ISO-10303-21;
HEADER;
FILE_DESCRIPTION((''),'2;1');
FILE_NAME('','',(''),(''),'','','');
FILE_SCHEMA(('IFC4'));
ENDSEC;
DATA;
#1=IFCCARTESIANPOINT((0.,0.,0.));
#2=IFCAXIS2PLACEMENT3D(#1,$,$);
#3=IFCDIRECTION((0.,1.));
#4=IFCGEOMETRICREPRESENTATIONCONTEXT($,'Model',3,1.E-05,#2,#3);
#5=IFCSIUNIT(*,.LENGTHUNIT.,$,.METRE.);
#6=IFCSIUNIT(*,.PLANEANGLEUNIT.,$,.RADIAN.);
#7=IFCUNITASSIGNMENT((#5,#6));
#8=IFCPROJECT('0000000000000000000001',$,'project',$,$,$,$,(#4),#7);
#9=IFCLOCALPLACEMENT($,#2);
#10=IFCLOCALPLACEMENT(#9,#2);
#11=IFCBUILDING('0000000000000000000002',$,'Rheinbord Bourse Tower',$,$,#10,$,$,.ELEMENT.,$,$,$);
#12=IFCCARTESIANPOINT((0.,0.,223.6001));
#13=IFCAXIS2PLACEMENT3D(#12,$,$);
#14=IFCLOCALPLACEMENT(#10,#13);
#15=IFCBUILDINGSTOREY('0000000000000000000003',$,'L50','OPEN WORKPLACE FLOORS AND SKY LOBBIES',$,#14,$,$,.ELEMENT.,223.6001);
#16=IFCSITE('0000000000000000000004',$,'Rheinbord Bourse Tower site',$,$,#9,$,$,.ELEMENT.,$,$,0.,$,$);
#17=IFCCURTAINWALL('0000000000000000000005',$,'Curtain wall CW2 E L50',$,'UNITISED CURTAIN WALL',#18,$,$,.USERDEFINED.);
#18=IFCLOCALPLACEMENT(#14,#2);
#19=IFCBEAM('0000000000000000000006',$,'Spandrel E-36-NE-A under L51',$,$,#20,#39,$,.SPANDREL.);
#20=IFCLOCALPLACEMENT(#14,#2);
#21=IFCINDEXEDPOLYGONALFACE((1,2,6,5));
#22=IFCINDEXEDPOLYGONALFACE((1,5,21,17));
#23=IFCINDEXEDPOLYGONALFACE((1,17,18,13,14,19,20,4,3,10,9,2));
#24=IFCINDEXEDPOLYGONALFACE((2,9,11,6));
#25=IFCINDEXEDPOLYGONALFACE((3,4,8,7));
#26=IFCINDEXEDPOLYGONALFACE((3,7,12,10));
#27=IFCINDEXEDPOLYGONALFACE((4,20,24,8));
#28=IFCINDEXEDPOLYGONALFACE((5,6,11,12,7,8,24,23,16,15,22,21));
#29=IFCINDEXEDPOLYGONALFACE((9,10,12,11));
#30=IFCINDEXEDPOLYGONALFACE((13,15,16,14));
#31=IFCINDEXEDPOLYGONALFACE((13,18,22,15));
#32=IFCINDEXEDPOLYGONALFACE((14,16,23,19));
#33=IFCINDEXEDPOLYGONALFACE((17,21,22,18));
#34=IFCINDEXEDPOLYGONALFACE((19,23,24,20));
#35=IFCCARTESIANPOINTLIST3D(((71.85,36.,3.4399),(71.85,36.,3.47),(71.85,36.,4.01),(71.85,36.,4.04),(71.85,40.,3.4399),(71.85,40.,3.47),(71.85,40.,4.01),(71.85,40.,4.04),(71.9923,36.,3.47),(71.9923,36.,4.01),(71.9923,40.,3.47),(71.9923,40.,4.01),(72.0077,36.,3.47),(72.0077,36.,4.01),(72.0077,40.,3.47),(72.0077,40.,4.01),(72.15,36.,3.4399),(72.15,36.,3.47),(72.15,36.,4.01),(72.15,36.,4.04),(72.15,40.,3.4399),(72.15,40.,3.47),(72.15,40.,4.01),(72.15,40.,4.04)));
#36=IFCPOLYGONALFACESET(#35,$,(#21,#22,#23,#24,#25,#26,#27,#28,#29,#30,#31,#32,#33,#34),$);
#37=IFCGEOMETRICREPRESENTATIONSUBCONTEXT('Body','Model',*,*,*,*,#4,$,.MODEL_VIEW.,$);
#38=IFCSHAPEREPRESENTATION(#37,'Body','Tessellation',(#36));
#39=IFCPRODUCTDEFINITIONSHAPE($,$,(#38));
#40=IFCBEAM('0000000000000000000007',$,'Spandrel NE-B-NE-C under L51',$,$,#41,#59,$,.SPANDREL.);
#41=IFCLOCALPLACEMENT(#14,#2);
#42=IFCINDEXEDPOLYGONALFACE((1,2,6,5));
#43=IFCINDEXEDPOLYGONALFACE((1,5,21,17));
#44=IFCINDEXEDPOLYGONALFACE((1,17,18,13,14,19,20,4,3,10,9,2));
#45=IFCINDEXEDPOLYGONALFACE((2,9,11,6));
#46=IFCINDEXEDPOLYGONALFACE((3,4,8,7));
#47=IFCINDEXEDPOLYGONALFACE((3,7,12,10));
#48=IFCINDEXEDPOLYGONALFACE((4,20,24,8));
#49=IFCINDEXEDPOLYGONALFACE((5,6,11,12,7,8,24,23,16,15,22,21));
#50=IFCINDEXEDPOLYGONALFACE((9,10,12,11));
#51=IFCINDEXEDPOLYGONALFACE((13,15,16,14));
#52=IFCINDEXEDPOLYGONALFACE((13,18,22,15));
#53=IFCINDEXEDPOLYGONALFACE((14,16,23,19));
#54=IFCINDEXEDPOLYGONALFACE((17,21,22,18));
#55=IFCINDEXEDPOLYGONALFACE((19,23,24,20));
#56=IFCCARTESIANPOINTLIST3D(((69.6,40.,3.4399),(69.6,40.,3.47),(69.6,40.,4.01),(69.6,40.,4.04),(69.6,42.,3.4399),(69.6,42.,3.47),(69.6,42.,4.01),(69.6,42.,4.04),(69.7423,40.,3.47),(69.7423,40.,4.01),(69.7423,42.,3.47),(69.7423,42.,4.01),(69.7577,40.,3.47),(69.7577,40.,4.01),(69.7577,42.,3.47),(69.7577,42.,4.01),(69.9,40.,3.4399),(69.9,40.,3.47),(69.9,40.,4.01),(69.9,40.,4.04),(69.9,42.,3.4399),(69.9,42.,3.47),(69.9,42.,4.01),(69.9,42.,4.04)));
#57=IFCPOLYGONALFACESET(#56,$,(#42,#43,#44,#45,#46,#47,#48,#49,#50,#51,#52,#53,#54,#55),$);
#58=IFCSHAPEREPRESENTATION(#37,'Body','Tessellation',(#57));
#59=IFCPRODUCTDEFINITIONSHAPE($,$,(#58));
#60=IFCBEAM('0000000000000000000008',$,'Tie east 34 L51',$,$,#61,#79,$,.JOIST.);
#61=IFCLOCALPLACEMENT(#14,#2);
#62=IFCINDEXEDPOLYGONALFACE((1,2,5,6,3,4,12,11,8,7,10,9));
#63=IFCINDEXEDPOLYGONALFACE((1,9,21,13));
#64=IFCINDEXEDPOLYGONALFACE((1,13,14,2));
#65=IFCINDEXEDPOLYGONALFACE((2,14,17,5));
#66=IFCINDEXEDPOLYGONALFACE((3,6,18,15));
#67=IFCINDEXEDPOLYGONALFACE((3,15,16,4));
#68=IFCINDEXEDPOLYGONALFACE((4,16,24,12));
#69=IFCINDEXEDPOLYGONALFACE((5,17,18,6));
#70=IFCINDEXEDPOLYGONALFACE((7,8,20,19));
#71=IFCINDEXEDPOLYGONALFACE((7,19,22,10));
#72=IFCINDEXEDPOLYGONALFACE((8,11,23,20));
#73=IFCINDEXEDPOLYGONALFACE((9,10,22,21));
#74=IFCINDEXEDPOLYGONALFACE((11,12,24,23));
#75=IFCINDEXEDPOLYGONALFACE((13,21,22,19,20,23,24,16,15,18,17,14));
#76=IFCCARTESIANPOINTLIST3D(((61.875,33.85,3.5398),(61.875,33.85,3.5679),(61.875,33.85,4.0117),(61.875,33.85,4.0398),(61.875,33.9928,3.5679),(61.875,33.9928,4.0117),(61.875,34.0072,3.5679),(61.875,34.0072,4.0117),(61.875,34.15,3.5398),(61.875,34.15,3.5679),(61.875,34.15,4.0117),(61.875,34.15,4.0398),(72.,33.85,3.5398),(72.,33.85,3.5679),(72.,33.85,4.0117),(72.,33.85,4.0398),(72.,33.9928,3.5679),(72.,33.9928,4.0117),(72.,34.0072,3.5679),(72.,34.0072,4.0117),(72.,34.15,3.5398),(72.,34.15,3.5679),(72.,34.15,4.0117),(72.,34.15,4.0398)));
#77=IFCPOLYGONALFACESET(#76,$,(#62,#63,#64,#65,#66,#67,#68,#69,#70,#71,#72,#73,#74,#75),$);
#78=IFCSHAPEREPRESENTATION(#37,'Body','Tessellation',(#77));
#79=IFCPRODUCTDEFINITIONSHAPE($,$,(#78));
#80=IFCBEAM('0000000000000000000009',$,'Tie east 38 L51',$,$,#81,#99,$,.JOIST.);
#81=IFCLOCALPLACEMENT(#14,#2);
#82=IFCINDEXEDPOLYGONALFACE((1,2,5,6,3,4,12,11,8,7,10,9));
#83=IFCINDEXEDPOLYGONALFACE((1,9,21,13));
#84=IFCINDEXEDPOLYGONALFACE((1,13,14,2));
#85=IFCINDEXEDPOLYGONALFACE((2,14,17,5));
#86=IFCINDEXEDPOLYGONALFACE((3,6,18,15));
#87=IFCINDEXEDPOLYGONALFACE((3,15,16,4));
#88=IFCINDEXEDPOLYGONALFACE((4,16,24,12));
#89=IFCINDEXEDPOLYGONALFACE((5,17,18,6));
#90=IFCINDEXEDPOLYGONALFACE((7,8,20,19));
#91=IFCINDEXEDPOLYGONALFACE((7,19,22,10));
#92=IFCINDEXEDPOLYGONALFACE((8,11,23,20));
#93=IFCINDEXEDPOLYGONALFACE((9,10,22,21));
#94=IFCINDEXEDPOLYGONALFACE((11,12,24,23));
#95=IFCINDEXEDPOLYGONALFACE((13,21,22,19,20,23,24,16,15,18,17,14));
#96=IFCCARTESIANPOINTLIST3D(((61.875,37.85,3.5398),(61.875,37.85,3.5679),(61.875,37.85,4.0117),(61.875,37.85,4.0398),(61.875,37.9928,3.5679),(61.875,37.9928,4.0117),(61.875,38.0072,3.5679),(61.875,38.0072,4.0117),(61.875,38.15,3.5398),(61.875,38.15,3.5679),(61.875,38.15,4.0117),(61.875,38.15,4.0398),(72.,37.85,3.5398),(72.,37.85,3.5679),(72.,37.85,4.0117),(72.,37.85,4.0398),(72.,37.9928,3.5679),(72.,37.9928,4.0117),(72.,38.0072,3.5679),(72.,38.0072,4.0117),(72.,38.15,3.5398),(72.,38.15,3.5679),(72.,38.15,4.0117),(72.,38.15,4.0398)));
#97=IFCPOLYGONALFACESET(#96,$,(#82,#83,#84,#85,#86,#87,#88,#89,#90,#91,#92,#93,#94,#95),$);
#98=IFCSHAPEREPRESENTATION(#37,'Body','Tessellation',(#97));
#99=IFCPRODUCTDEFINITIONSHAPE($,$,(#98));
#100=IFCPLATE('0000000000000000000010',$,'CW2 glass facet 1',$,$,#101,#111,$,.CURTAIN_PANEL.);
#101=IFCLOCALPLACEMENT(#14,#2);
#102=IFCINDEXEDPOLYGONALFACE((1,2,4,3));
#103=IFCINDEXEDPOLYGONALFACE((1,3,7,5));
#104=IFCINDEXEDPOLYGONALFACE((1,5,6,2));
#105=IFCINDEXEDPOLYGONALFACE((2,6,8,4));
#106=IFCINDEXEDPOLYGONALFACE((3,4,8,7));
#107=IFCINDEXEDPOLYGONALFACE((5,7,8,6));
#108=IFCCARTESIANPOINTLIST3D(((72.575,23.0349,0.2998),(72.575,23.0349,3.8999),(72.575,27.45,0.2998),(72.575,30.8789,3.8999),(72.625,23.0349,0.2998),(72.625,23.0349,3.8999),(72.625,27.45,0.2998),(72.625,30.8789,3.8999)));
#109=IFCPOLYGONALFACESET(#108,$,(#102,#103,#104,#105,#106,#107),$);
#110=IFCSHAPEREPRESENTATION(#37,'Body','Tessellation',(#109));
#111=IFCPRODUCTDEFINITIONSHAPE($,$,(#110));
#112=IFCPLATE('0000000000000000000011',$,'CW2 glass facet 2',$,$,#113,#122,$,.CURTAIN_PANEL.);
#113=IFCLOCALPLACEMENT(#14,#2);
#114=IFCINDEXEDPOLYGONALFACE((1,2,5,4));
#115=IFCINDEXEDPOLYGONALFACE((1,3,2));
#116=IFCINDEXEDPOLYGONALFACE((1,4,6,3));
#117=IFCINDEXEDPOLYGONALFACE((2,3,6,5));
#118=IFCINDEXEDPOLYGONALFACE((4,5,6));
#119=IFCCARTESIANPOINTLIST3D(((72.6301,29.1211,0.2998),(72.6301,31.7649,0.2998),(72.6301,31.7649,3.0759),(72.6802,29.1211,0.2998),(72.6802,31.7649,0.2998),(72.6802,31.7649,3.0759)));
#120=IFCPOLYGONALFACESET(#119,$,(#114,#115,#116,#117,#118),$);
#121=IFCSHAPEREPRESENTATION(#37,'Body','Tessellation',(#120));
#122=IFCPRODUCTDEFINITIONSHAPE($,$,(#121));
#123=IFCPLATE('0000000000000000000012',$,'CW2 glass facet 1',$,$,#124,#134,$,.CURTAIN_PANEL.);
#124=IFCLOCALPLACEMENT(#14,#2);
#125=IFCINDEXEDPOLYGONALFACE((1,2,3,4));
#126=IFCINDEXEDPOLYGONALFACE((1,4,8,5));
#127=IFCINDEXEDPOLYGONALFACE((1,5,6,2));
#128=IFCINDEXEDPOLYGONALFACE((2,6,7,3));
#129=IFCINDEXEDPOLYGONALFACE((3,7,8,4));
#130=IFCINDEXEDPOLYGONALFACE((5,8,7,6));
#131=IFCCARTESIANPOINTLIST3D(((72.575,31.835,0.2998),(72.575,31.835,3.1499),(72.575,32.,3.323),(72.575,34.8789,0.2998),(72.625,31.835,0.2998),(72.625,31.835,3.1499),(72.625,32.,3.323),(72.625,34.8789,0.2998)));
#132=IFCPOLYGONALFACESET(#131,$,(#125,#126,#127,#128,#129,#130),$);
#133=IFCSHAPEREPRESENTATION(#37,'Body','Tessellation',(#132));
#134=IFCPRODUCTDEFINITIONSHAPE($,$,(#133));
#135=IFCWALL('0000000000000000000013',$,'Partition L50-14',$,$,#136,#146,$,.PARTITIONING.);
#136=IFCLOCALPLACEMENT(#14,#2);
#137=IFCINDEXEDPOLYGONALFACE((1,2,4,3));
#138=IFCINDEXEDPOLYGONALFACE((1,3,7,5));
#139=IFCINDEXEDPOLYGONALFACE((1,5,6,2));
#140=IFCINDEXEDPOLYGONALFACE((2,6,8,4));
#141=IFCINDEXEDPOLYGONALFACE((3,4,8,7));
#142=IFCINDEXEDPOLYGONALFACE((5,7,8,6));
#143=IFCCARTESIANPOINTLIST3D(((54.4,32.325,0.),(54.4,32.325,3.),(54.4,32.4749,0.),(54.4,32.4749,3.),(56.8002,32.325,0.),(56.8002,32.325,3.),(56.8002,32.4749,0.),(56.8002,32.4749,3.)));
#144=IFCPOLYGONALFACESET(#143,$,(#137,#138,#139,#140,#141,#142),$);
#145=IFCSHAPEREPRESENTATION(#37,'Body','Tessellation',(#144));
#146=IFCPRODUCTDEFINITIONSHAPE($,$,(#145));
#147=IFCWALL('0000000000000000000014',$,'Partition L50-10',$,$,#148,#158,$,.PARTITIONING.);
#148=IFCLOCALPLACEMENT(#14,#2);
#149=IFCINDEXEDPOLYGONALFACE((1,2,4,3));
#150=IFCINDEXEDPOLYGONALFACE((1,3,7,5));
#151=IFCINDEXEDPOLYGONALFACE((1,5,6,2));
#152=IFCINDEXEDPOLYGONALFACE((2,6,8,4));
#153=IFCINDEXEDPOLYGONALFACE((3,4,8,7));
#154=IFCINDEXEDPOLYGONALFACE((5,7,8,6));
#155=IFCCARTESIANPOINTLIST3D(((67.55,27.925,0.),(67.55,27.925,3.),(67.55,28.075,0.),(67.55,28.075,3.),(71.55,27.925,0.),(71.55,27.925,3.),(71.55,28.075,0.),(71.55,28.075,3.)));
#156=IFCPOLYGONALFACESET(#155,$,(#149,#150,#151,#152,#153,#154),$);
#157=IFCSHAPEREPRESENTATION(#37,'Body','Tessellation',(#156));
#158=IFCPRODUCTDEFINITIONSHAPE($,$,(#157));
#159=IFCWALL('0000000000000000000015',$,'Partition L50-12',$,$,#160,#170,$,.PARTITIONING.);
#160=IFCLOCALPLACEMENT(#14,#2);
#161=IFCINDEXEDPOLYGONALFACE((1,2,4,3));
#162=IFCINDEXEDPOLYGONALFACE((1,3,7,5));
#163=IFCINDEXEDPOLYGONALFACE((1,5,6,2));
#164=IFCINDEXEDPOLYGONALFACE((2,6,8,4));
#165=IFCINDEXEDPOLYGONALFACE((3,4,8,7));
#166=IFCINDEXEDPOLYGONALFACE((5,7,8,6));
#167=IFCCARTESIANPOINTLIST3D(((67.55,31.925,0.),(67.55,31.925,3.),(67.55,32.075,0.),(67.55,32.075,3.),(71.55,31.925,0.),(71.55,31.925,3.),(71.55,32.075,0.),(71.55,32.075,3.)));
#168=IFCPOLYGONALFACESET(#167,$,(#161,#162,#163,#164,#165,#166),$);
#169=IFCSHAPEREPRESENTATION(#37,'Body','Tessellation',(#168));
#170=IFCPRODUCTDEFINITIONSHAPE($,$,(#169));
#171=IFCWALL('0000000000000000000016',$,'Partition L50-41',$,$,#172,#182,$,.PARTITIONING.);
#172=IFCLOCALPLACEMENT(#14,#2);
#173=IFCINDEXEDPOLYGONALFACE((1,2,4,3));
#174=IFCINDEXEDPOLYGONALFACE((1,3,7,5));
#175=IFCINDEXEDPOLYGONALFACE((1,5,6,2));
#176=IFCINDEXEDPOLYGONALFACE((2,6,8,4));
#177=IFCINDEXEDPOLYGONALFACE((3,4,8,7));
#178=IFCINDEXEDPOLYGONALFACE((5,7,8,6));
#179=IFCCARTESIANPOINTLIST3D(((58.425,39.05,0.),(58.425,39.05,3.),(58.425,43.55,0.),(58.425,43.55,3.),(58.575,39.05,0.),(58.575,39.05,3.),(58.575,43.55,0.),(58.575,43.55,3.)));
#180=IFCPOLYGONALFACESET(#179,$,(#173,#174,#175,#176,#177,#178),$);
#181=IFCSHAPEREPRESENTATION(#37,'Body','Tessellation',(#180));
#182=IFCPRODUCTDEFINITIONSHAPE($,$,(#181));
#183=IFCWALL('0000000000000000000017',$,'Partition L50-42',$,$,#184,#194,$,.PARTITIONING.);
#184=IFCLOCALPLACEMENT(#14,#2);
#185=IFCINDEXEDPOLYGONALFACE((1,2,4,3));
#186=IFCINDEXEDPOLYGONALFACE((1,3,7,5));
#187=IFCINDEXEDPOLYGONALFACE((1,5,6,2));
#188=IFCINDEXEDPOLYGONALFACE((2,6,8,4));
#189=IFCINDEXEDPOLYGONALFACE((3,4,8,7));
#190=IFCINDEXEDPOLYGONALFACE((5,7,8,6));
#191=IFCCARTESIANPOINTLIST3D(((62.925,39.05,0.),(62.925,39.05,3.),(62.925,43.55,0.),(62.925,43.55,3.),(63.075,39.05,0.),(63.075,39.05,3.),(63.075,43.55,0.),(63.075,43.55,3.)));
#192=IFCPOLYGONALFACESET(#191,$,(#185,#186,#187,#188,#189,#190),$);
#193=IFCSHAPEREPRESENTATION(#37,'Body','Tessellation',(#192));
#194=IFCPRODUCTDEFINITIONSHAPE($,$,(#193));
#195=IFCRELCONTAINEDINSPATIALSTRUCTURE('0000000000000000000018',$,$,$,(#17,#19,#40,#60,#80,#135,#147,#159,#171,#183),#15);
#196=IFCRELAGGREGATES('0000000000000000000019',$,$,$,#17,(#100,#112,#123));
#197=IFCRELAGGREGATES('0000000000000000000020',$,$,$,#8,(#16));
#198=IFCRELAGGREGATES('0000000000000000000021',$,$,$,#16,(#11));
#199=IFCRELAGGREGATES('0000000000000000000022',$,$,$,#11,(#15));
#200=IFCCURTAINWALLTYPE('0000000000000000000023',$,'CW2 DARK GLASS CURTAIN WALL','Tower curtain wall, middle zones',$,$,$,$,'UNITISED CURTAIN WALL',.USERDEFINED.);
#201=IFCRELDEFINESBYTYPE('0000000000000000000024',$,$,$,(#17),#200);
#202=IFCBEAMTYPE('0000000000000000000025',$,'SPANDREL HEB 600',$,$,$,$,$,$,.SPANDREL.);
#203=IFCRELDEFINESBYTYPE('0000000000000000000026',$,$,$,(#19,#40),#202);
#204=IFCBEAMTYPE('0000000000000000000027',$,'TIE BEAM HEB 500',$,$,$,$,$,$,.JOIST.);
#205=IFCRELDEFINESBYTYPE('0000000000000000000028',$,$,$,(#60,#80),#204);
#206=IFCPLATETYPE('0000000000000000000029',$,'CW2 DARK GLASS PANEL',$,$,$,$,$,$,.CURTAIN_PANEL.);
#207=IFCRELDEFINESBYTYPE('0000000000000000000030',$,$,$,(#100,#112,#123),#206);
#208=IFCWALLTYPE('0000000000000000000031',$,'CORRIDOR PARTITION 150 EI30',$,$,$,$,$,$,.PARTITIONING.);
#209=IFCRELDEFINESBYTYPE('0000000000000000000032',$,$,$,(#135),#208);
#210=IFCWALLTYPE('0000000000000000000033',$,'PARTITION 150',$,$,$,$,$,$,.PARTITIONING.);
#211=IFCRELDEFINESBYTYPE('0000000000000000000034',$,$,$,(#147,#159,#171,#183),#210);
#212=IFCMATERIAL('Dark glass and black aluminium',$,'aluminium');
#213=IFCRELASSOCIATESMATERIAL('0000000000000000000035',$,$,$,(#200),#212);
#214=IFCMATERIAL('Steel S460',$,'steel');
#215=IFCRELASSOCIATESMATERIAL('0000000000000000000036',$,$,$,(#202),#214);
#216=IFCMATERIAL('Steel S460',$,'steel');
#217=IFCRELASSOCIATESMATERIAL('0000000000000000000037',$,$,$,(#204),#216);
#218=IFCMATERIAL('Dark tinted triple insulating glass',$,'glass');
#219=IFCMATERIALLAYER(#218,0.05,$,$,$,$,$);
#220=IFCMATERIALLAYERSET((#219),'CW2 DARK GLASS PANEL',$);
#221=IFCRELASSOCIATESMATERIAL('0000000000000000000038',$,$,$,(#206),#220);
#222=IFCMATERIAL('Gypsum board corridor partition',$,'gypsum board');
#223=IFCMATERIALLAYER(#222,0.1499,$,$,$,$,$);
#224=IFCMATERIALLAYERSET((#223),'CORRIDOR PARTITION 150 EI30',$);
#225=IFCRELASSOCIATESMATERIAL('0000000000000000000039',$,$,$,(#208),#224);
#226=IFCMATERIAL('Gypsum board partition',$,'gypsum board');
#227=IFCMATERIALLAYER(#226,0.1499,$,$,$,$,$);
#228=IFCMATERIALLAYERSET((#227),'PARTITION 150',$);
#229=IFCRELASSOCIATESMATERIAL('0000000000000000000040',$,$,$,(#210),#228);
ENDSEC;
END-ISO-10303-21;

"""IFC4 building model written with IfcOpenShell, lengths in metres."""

from ifc_helpers import new_model, si_unit, direction, frame, frame_2d, origin, origin_2d, place, context, subcontext, project, spatial, polyline, rectangle, i_section, outline, extrude, material, layer, layer_set, material_profile, profile_set, type_object, element, aggregate, save


model = new_model("IFC4")

# Units and contexts
model_context = context("Model", 3, precision=1e-05, world=origin(), true_north=direction((0.0, 1.0)))
body_context = subcontext(model_context, "Body", "Model", "MODEL_VIEW")
ifc_project = project(units=[si_unit("LENGTHUNIT", "METRE"), si_unit("PLANEANGLEUNIT", "RADIAN")], contexts=[model_context])

# Site, building, storey
site_placement = place(None, origin())
site = spatial("IfcSite", under=ifc_project, at=site_placement, Name="Rheinbord Bourse Tower site", CompositionType="ELEMENT", RefElevation=0.0)
building_placement = place(site_placement, origin())
building = spatial("IfcBuilding", under=site, at=building_placement, Name="Rheinbord Bourse Tower", CompositionType="ELEMENT")
storey_placement = place(building_placement, frame((0.0, 0.0, 223.6001)))
storey = spatial("IfcBuildingStorey", under=building, at=storey_placement, Name="L50", Description="OPEN WORKPLACE FLOORS AND SKY LOBBIES", CompositionType="ELEMENT", Elevation=223.6001)

# Curtain wall
ifc_material_1 = material(Name="Dark glass and black aluminium", Category="aluminium")
curtain_wall_type = type_object("IfcCurtainWallType", Name="CW2 DARK GLASS CURTAIN WALL", Description="Tower curtain wall, middle zones", ElementType="UNITISED CURTAIN WALL", PredefinedType="USERDEFINED", material=ifc_material_1)
curtain_wall_placement = place(storey_placement, origin())
curtain_wall = element("IfcCurtainWall", 1, at=curtain_wall_placement, inside=storey, type_object=curtain_wall_type, Name="Curtain wall CW2 E L50", ObjectType="UNITISED CURTAIN WALL", PredefinedType="USERDEFINED")

# Beams
ifc_material_2 = material(Name="Steel S460", Category="steel")
ifc_material_profile_1 = material_profile(ifc_material_2, i_section(OverallWidth=0.3, OverallDepth=0.6001, WebThickness=0.0154, FlangeThickness=0.03, at=origin_2d()), Name="HEB 600")
ifc_profile_set_1 = profile_set([ifc_material_profile_1], Name="Steel S460")
beam_type_1 = type_object("IfcBeamType", Name="SPANDREL HEB 600", PredefinedType="SPANDREL", material=ifc_profile_set_1)
for number, where, z_axis, x_axis, name in (
    (2, (72.0, 36.0, 3.74), (0.0, 1.0, 0.0), (-1.0, 0.0, 0.0), "Spandrel E-36-NE-A under L51"),
):
    element("IfcBeam", number, at=place(storey_placement, frame(where, z_axis=z_axis, x_axis=x_axis)), inside=storey, type_object=beam_type_1, Name=name, PredefinedType="SPANDREL", context=body_context, shape_type="SweptSolid", body=[
        extrude(i_section(OverallWidth=0.3, OverallDepth=0.6001, WebThickness=0.0154, FlangeThickness=0.03, at=origin_2d()), origin(), (0.0, 0.0, 1.0), 4.0),
    ])
beam_placement = place(storey_placement, frame((69.75, 40.0, 3.74), z_axis=(0.0, 1.0, 0.0), x_axis=(-1.0, 0.0, 0.0)))
element("IfcBeam", 3, at=beam_placement, inside=storey, type_object=beam_type_1, Name="Spandrel NE-B-NE-C under L51", PredefinedType="SPANDREL", context=body_context, shape_type="SweptSolid", body=[
    extrude(i_section(OverallWidth=0.3, OverallDepth=0.6001, WebThickness=0.0154, FlangeThickness=0.03, at=origin_2d()), origin(), (0.0, 0.0, 1.0), 2.0),
])
ifc_material_3 = material(Name="Steel S460", Category="steel")
ifc_material_profile_2 = material_profile(ifc_material_3, i_section(OverallWidth=0.3, OverallDepth=0.5, WebThickness=0.0144, FlangeThickness=0.0281, at=origin_2d()), Name="HEB 500")
ifc_profile_set_2 = profile_set([ifc_material_profile_2], Name="Steel S460")
beam_type_2 = type_object("IfcBeamType", Name="TIE BEAM HEB 500", PredefinedType="JOIST", material=ifc_profile_set_2)
for number, where, z_axis, x_axis, name in (
    (4, (61.875, 34.0, 3.7898), (1.0, 0.0, 0.0), (0.0, 1.0, 0.0), "Tie east 34 L51"),
    (5, (61.875, 38.0, 3.7898), (1.0, 0.0, 0.0), (0.0, 1.0, 0.0), "Tie east 38 L51"),
):
    element("IfcBeam", number, at=place(storey_placement, frame(where, z_axis=z_axis, x_axis=x_axis)), inside=storey, type_object=beam_type_2, Name=name, PredefinedType="JOIST", context=body_context, shape_type="SweptSolid", body=[
        extrude(i_section(OverallWidth=0.3, OverallDepth=0.5, WebThickness=0.0144, FlangeThickness=0.0281, at=origin_2d()), origin(), (0.0, 0.0, 1.0), 10.125),
    ])

# Plates
ifc_material_4 = material(Name="Dark tinted triple insulating glass", Category="glass")
ifc_layer_1 = layer(ifc_material_4, 0.05)
ifc_layer_set_1 = layer_set([ifc_layer_1], Name="CW2 DARK GLASS PANEL")
plate_type = type_object("IfcPlateType", Name="CW2 DARK GLASS PANEL", PredefinedType="CURTAIN_PANEL", material=ifc_layer_set_1)
plate_1_placement = place(storey_placement, frame((72.625, 23.0349, 0.2998), z_axis=(-1.0, 0.0, 0.0), x_axis=(0.0, 0.0, 1.0)))
plate_1 = element("IfcPlate", 6, at=plate_1_placement, type_object=plate_type, Name="CW2 glass facet 1", PredefinedType="CURTAIN_PANEL", context=body_context, shape_type="SweptSolid", body=[
    extrude(outline(polyline([(0.0, 0.0), (3.6001, 0.0), (3.6001, 7.844), (0.0, 4.415), (0.0, 0.0)])), origin(), (0.0, 0.0, 1.0), 0.05),
])
plate_2_placement = place(storey_placement, frame((72.6802, 31.7649, 0.2998), z_axis=(-1.0, 0.0, 0.0), x_axis=(0.0, -1.0, 0.0)))
plate_2 = element("IfcPlate", 7, at=plate_2_placement, type_object=plate_type, Name="CW2 glass facet 2", PredefinedType="CURTAIN_PANEL", context=body_context, shape_type="SweptSolid", body=[
    extrude(outline(polyline([(0.0, 0.0), (2.6438, 0.0), (0.0, 2.7761), (0.0, 0.0)])), origin(), (0.0, 0.0, 1.0), 0.05),
])
plate_3_placement = place(storey_placement, frame((72.625, 31.835, 0.2998), z_axis=(-1.0, 0.0, 0.0), x_axis=(0.0, 0.0, 1.0)))
plate_3 = element("IfcPlate", 8, at=plate_3_placement, type_object=plate_type, Name="CW2 glass facet 1", PredefinedType="CURTAIN_PANEL", context=body_context, shape_type="SweptSolid", body=[
    extrude(outline(polyline([(0.0, 0.0), (2.8501, 0.0), (3.0232, 0.165), (0.0, 3.0439), (0.0, 0.0)])), origin(), (0.0, 0.0, 1.0), 0.05),
])
aggregate(curtain_wall, [plate_1, plate_2, plate_3])

# Walls
ifc_material_5 = material(Name="Gypsum board corridor partition", Category="gypsum board")
ifc_layer_2 = layer(ifc_material_5, 0.1499)
ifc_layer_set_2 = layer_set([ifc_layer_2], Name="CORRIDOR PARTITION 150 EI30")
wall_type_1 = type_object("IfcWallType", Name="CORRIDOR PARTITION 150 EI30", PredefinedType="PARTITIONING", material=ifc_layer_set_2)
wall_1_placement = place(storey_placement, frame((54.3999, 32.3999, 0.0), z_axis=(0.0, 0.0, 1.0), x_axis=(1.0, 0.0, 0.0)))
element("IfcWall", 9, at=wall_1_placement, inside=storey, type_object=wall_type_1, Name="Partition L50-14", PredefinedType="PARTITIONING", context=body_context, shape_type="SweptSolid", body=[
    extrude(rectangle(XDim=2.4001, YDim=0.1499, at=frame_2d((1.2002, 0.0))), origin(), (0.0, 0.0, 1.0), 3.0),
])
ifc_material_6 = material(Name="Gypsum board partition", Category="gypsum board")
ifc_layer_3 = layer(ifc_material_6, 0.1499)
ifc_layer_set_3 = layer_set([ifc_layer_3], Name="PARTITION 150")
wall_type_2 = type_object("IfcWallType", Name="PARTITION 150", PredefinedType="PARTITIONING", material=ifc_layer_set_3)
for number, where, z_axis, x_axis, name in (
    (10, (67.55, 28.0, 0.0), (0.0, 0.0, 1.0), (1.0, 0.0, 0.0), "Partition L50-10"),
    (11, (67.55, 32.0, 0.0), (0.0, 0.0, 1.0), (1.0, 0.0, 0.0), "Partition L50-12"),
):
    element("IfcWall", number, at=place(storey_placement, frame(where, z_axis=z_axis, x_axis=x_axis)), inside=storey, type_object=wall_type_2, Name=name, PredefinedType="PARTITIONING", context=body_context, shape_type="SweptSolid", body=[
        extrude(rectangle(XDim=4.0, YDim=0.1499, at=frame_2d((2.0, 0.0))), origin(), (0.0, 0.0, 1.0), 3.0),
    ])
for number, where, z_axis, x_axis, name in (
    (12, (58.5, 39.05, 0.0), (0.0, 0.0, 1.0), (0.0, 1.0, 0.0), "Partition L50-41"),
    (13, (63.0, 39.05, 0.0), (0.0, 0.0, 1.0), (0.0, 1.0, 0.0), "Partition L50-42"),
):
    element("IfcWall", number, at=place(storey_placement, frame(where, z_axis=z_axis, x_axis=x_axis)), inside=storey, type_object=wall_type_2, Name=name, PredefinedType="PARTITIONING", context=body_context, shape_type="SweptSolid", body=[
        extrude(rectangle(XDim=4.5, YDim=0.1499, at=frame_2d((2.25, 0.0))), origin(), (0.0, 0.0, 1.0), 3.0),
    ])

save(model, "model.ifc")
